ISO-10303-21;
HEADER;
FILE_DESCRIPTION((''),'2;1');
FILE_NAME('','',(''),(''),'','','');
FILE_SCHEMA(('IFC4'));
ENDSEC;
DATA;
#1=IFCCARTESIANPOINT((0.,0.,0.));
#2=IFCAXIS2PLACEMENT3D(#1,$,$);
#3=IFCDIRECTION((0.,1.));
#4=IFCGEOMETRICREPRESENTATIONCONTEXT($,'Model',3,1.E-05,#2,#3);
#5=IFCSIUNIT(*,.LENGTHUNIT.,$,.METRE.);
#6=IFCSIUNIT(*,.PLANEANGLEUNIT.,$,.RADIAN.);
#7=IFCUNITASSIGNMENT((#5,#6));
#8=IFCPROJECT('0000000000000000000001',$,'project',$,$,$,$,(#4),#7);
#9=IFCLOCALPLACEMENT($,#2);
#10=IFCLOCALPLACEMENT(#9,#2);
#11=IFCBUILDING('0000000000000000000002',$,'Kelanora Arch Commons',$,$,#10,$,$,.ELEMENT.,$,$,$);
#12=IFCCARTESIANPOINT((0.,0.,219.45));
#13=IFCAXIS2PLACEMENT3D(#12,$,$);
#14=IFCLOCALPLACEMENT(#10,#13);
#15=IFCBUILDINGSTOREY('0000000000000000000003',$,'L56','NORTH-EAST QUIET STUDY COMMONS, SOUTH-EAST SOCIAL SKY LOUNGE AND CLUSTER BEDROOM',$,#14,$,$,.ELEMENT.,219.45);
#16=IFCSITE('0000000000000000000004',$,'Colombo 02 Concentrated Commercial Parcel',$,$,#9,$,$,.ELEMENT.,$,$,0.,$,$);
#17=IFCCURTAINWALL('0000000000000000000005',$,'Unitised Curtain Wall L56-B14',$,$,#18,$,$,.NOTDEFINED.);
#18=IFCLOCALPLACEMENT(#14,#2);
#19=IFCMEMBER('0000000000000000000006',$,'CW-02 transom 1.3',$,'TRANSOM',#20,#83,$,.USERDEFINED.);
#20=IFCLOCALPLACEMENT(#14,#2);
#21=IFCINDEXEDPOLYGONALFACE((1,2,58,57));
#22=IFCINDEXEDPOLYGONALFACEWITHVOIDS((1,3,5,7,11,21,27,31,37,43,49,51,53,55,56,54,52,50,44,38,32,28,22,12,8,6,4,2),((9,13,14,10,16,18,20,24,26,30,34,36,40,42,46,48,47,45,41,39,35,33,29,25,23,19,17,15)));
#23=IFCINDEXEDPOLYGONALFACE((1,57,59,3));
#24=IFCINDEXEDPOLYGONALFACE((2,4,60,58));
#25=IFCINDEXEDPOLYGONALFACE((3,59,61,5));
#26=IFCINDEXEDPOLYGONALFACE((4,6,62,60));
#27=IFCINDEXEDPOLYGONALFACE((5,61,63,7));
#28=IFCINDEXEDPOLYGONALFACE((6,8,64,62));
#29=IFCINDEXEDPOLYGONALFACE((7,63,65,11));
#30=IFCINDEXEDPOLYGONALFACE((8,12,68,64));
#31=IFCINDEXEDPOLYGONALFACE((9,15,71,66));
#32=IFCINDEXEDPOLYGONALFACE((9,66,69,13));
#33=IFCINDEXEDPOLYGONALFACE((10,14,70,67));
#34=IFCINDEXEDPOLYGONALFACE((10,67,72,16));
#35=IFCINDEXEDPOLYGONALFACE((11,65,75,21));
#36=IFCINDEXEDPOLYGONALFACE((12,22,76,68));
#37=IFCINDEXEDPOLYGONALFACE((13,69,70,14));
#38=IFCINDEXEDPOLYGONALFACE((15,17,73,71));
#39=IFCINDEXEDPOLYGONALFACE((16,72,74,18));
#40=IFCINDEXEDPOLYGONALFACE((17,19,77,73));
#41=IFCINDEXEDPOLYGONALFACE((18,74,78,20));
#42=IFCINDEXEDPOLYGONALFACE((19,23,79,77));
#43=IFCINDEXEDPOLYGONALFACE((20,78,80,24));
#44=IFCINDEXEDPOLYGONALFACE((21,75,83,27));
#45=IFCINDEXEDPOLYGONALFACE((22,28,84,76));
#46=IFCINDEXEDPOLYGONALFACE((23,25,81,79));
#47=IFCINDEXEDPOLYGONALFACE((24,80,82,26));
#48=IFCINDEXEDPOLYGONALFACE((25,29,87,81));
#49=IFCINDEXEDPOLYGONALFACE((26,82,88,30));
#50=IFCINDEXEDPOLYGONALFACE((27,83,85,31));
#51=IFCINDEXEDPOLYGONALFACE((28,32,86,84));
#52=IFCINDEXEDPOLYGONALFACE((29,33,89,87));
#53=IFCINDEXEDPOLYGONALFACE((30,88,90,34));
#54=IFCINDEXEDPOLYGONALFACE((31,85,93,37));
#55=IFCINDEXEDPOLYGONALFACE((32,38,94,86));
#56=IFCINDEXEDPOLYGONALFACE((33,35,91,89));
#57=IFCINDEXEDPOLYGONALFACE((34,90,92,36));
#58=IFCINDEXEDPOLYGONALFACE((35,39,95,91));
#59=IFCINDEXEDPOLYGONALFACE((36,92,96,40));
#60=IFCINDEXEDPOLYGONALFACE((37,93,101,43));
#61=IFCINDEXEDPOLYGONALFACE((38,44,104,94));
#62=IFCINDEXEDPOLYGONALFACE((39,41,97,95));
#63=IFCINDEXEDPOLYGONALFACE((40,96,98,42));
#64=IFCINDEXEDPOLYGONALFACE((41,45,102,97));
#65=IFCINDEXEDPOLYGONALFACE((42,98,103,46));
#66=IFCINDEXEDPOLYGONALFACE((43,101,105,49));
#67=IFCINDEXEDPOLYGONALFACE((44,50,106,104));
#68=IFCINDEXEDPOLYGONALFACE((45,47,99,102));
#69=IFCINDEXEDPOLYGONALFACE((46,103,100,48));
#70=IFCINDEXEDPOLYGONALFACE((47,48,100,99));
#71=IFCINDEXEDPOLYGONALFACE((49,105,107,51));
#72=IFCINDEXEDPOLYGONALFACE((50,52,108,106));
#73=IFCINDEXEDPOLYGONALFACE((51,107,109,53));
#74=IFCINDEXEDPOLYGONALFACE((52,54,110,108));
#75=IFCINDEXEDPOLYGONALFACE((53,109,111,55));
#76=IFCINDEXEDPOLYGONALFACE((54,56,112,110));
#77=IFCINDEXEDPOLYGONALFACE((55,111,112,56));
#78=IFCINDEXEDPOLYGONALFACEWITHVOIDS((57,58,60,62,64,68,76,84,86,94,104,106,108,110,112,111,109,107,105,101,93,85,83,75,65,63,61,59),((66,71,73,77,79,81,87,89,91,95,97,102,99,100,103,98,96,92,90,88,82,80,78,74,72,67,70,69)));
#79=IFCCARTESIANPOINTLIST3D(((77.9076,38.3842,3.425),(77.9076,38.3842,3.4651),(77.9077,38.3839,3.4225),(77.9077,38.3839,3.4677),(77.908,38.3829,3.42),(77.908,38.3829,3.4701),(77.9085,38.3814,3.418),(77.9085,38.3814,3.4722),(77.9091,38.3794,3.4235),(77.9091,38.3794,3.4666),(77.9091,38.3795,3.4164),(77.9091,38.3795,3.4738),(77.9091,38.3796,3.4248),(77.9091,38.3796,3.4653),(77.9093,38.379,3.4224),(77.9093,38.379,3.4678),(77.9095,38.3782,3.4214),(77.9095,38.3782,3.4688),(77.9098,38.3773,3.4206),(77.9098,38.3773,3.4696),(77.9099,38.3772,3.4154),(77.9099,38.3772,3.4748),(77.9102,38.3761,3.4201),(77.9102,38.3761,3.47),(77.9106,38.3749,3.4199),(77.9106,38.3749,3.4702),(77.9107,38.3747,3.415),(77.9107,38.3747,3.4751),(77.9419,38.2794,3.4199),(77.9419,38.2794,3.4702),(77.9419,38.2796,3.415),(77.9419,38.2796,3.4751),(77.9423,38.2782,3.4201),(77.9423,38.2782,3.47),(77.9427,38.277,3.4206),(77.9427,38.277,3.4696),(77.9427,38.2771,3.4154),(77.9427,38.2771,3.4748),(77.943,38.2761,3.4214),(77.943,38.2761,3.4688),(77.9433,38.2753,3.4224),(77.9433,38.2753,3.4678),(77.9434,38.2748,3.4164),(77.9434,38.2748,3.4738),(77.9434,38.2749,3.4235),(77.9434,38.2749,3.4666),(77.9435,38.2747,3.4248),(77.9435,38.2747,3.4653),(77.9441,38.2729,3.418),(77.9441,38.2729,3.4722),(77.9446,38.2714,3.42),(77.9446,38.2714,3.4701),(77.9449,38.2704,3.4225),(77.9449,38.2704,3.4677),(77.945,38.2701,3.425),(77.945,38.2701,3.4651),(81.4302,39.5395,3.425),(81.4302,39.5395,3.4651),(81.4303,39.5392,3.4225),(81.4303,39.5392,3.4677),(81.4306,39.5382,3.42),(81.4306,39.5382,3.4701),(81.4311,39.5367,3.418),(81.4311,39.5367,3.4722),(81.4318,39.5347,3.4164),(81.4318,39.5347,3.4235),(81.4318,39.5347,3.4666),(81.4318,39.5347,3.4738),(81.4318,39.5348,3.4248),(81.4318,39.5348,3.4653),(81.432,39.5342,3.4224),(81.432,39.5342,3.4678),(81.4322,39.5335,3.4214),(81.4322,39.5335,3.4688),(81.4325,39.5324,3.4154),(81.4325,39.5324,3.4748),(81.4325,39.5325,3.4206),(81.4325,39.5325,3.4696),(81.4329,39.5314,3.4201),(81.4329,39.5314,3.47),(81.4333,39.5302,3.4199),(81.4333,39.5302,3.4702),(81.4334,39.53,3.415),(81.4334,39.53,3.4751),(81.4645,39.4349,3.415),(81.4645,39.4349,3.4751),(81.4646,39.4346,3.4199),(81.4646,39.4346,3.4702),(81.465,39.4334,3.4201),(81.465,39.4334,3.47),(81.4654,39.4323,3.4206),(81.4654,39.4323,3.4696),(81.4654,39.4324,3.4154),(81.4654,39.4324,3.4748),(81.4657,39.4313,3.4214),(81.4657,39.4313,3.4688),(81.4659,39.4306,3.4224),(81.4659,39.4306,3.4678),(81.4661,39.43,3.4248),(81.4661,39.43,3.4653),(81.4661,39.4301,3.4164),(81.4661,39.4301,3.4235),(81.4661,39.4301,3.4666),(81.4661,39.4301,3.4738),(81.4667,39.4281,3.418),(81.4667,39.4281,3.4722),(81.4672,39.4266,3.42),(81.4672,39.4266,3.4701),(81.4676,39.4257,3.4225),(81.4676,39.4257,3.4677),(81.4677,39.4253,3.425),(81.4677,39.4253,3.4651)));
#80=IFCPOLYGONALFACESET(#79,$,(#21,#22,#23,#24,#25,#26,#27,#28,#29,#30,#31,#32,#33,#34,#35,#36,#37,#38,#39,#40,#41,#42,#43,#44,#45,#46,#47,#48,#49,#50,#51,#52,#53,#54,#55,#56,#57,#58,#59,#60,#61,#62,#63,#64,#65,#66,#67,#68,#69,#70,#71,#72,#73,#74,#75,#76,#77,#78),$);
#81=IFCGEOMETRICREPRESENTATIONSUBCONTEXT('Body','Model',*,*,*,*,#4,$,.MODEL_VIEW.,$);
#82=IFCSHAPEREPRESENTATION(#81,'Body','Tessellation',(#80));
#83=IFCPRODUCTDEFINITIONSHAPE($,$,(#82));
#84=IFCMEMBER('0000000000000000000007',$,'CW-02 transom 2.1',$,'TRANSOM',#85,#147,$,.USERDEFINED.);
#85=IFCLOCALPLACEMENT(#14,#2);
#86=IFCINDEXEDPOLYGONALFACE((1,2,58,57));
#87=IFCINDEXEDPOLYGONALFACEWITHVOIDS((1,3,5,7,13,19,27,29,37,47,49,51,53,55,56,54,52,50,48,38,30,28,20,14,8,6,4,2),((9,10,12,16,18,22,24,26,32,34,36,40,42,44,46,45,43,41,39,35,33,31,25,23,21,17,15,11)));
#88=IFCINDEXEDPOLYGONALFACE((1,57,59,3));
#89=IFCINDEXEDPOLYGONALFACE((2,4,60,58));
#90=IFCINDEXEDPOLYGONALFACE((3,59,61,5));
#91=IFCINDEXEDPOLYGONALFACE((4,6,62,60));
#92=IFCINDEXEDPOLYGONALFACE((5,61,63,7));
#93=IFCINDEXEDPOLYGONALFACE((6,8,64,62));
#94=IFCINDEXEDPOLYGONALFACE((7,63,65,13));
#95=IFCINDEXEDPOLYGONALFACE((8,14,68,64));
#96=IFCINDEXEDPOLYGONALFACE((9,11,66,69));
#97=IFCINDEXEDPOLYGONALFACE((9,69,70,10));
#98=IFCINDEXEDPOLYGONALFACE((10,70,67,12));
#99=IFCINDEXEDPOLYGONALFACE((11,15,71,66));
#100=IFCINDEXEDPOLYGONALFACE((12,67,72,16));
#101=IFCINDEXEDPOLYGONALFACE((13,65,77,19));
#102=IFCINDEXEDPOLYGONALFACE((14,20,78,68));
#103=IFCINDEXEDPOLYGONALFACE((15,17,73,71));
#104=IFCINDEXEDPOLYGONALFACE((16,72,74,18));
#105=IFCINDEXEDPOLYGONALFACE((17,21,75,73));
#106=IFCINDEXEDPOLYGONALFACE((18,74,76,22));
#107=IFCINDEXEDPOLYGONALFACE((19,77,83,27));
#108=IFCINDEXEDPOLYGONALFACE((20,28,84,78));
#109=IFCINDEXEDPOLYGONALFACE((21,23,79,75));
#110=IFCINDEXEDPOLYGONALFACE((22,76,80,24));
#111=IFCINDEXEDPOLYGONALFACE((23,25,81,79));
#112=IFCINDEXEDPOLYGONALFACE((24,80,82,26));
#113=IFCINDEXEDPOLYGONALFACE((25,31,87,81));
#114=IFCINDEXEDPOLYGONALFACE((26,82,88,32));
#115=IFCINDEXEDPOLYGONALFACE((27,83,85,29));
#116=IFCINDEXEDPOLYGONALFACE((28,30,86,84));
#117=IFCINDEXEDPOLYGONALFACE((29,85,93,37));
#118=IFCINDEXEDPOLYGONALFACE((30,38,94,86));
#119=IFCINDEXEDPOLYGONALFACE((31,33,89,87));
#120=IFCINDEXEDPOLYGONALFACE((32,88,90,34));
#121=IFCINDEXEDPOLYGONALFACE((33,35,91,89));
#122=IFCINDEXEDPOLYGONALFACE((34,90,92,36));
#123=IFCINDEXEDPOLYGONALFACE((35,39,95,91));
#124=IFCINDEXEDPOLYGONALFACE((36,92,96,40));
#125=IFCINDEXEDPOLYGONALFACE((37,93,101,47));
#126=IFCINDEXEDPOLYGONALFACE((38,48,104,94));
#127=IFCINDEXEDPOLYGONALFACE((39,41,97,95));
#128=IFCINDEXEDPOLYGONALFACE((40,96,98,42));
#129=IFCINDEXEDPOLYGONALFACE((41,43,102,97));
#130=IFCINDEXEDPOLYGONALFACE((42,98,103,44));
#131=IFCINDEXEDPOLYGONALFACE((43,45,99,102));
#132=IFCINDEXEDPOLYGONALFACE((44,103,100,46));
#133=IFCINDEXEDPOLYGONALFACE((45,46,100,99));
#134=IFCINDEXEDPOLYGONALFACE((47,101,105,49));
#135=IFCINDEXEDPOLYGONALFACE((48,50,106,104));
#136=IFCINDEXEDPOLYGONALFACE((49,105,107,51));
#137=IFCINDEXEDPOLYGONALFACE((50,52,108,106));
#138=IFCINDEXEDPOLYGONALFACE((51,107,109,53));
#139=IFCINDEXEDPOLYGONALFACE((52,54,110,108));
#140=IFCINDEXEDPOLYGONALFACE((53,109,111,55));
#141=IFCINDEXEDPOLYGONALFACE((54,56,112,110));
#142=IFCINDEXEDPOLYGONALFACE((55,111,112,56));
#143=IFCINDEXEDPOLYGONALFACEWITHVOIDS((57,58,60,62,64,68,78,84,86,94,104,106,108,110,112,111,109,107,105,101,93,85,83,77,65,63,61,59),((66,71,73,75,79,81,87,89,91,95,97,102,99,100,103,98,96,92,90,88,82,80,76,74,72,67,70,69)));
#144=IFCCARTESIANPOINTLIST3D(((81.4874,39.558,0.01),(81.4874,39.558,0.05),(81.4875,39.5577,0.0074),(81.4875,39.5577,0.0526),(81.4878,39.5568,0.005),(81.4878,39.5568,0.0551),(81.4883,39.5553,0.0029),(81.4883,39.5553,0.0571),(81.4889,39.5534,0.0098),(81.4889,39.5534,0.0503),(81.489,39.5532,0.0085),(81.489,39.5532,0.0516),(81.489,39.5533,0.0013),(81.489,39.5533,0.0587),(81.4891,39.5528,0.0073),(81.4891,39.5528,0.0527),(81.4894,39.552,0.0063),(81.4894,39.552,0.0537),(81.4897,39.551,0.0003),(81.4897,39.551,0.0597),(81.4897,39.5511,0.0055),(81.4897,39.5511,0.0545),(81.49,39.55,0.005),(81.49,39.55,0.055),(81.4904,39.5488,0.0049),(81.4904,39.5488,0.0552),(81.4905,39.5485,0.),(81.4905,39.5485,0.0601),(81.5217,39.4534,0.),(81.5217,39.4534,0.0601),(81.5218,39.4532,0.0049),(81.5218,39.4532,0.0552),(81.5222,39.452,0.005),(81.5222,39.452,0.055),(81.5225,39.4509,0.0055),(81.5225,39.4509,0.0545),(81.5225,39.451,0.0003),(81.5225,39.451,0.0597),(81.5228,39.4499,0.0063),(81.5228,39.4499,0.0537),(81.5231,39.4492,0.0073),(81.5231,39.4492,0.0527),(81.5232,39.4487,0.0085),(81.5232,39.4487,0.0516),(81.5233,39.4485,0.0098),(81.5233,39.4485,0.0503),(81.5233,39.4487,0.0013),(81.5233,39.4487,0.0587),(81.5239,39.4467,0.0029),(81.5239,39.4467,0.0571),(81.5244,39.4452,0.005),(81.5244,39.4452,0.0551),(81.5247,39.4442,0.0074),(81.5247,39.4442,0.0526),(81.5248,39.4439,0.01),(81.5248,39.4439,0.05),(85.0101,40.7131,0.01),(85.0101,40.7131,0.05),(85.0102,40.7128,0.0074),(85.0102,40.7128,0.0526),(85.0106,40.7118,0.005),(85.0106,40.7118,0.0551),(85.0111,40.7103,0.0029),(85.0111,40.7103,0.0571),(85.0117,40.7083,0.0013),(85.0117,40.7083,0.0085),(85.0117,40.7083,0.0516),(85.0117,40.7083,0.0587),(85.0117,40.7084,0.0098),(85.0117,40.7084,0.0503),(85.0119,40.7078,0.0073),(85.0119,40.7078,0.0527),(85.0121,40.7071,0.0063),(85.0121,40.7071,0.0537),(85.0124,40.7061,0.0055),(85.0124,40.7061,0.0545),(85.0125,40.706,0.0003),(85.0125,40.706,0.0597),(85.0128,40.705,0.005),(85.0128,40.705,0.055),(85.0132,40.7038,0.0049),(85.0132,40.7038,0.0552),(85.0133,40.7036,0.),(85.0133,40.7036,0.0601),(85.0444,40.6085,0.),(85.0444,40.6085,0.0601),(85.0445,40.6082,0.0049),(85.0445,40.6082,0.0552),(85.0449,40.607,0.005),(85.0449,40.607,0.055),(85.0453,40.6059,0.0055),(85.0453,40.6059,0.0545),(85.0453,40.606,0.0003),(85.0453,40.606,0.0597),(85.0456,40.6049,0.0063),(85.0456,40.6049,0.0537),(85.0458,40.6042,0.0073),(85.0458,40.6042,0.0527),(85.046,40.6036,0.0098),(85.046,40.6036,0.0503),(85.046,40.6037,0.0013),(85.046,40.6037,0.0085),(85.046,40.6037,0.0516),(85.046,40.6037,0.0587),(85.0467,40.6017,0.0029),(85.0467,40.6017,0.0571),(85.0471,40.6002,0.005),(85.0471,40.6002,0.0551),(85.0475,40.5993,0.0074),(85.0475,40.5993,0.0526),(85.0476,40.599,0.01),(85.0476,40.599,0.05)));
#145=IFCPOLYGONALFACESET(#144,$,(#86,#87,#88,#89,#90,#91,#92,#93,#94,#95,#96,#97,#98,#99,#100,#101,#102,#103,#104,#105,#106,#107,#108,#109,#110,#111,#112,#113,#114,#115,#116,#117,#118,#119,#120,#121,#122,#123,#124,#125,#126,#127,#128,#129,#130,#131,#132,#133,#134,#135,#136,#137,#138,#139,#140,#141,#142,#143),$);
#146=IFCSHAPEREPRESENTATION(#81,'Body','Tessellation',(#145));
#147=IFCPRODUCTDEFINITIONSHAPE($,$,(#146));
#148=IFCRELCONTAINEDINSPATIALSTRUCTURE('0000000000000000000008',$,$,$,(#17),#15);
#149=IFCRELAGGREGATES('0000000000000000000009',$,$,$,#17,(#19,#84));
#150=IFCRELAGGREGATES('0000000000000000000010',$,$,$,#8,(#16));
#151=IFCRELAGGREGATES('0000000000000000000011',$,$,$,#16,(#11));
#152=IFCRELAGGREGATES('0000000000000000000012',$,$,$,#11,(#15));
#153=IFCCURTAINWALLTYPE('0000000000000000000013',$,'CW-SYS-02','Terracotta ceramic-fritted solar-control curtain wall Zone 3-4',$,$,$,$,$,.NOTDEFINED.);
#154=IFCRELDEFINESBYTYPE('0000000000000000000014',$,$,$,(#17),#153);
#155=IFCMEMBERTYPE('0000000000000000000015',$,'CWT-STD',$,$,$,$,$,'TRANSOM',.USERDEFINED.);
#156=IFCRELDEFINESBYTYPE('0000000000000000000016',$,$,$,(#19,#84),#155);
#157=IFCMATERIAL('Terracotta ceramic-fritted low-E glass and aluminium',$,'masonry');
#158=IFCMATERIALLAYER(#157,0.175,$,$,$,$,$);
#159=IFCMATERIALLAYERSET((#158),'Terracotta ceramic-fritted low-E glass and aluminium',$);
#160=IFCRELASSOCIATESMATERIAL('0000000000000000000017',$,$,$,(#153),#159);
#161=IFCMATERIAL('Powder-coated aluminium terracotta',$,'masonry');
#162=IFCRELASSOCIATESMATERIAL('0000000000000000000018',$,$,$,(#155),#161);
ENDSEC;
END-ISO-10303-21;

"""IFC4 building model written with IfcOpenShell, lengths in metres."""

from ifc_helpers import new_model, si_unit, direction, frame, origin, origin_2d, place, context, subcontext, project, spatial, hollow_rectangle, extrude, material, layer, layer_set, material_profile, profile_set, type_object, element, aggregate, save


model = new_model("IFC4")

# Units and contexts
model_context = context("Model", 3, precision=1e-05, world=origin(), true_north=direction((0.0, 1.0)))
body_context = subcontext(model_context, "Body", "Model", "MODEL_VIEW")
ifc_project = project(units=[si_unit("LENGTHUNIT", "METRE"), si_unit("PLANEANGLEUNIT", "RADIAN")], contexts=[model_context])

# Site, building, storey
site_placement = place(None, origin())
site = spatial("IfcSite", under=ifc_project, at=site_placement, Name="Colombo 02 Concentrated Commercial Parcel", CompositionType="ELEMENT", RefElevation=0.0)
building_placement = place(site_placement, origin())
building = spatial("IfcBuilding", under=site, at=building_placement, Name="Kelanora Arch Commons", CompositionType="ELEMENT")
storey_placement = place(building_placement, frame((0.0, 0.0, 219.45)))
storey = spatial("IfcBuildingStorey", under=building, at=storey_placement, Name="L56", Description="NORTH-EAST QUIET STUDY COMMONS, SOUTH-EAST SOCIAL SKY LOUNGE AND CLUSTER BEDROOM", CompositionType="ELEMENT", Elevation=219.45)

# Curtain wall, members
ifc_material_1 = material(Name="Terracotta ceramic-fritted low-E glass and aluminium", Category="masonry")
ifc_layer_1 = layer(ifc_material_1, 0.175)
ifc_layer_set_1 = layer_set([ifc_layer_1], Name="Terracotta ceramic-fritted low-E glass and aluminium")
curtain_wall_type = type_object("IfcCurtainWallType", Name="CW-SYS-02", Description="Terracotta ceramic-fritted solar-control curtain wall Zone 3-4", PredefinedType="NOTDEFINED", material=ifc_layer_set_1)
curtain_wall_placement = place(storey_placement, origin())
curtain_wall = element("IfcCurtainWall", 1, at=curtain_wall_placement, inside=storey, type_object=curtain_wall_type, Name="Unitised Curtain Wall L56-B14", PredefinedType="NOTDEFINED")
ifc_material_2 = material(Name="Powder-coated aluminium terracotta", Category="masonry")
ifc_material_profile_1 = material_profile(ifc_material_2, hollow_rectangle(XDim=0.1201, YDim=0.0601, WallThickness=0.0049, InnerFilletRadius=0.0049, OuterFilletRadius=0.01, at=origin_2d()), Name="CWT120x60")
ifc_profile_set_1 = profile_set([ifc_material_profile_1], Name="Powder-coated aluminium terracotta")
member_type_1 = type_object("IfcMemberType", Name="CWT-STD", ElementType="TRANSOM", PredefinedType="USERDEFINED", material=ifc_profile_set_1)
member_1_placement = place(storey_placement, frame((77.9263, 38.3271, 3.4451), z_axis=(0.950207, 0.311621, 0.0), x_axis=(-0.311621, 0.950207, 0.0)))
member_1 = element("IfcMember", 2, at=member_1_placement, type_object=member_type_1, Name="CW-02 transom 1.3", ObjectType="TRANSOM", PredefinedType="USERDEFINED", context=body_context, shape_type="SweptSolid", body=[
    extrude(hollow_rectangle(XDim=0.1201, YDim=0.0601, WallThickness=0.0049, InnerFilletRadius=0.0049, OuterFilletRadius=0.01, at=origin_2d()), origin(), (0.0, 0.0, 1.0), 3.7073),
])
member_2_placement = place(storey_placement, frame((81.5061, 39.501, 0.03), z_axis=(0.950226, 0.311561, 0.0), x_axis=(-0.311561, 0.950226, 0.0)))
member_2 = element("IfcMember", 3, at=member_2_placement, type_object=member_type_1, Name="CW-02 transom 2.1", ObjectType="TRANSOM", PredefinedType="USERDEFINED", context=body_context, shape_type="SweptSolid", body=[
    extrude(hollow_rectangle(XDim=0.1201, YDim=0.0601, WallThickness=0.0049, InnerFilletRadius=0.0049, OuterFilletRadius=0.01, at=origin_2d()), origin(), (0.0, 0.0, 1.0), 3.7073),
])
aggregate(curtain_wall, [member_1, member_2])

save(model, "model.ifc")
